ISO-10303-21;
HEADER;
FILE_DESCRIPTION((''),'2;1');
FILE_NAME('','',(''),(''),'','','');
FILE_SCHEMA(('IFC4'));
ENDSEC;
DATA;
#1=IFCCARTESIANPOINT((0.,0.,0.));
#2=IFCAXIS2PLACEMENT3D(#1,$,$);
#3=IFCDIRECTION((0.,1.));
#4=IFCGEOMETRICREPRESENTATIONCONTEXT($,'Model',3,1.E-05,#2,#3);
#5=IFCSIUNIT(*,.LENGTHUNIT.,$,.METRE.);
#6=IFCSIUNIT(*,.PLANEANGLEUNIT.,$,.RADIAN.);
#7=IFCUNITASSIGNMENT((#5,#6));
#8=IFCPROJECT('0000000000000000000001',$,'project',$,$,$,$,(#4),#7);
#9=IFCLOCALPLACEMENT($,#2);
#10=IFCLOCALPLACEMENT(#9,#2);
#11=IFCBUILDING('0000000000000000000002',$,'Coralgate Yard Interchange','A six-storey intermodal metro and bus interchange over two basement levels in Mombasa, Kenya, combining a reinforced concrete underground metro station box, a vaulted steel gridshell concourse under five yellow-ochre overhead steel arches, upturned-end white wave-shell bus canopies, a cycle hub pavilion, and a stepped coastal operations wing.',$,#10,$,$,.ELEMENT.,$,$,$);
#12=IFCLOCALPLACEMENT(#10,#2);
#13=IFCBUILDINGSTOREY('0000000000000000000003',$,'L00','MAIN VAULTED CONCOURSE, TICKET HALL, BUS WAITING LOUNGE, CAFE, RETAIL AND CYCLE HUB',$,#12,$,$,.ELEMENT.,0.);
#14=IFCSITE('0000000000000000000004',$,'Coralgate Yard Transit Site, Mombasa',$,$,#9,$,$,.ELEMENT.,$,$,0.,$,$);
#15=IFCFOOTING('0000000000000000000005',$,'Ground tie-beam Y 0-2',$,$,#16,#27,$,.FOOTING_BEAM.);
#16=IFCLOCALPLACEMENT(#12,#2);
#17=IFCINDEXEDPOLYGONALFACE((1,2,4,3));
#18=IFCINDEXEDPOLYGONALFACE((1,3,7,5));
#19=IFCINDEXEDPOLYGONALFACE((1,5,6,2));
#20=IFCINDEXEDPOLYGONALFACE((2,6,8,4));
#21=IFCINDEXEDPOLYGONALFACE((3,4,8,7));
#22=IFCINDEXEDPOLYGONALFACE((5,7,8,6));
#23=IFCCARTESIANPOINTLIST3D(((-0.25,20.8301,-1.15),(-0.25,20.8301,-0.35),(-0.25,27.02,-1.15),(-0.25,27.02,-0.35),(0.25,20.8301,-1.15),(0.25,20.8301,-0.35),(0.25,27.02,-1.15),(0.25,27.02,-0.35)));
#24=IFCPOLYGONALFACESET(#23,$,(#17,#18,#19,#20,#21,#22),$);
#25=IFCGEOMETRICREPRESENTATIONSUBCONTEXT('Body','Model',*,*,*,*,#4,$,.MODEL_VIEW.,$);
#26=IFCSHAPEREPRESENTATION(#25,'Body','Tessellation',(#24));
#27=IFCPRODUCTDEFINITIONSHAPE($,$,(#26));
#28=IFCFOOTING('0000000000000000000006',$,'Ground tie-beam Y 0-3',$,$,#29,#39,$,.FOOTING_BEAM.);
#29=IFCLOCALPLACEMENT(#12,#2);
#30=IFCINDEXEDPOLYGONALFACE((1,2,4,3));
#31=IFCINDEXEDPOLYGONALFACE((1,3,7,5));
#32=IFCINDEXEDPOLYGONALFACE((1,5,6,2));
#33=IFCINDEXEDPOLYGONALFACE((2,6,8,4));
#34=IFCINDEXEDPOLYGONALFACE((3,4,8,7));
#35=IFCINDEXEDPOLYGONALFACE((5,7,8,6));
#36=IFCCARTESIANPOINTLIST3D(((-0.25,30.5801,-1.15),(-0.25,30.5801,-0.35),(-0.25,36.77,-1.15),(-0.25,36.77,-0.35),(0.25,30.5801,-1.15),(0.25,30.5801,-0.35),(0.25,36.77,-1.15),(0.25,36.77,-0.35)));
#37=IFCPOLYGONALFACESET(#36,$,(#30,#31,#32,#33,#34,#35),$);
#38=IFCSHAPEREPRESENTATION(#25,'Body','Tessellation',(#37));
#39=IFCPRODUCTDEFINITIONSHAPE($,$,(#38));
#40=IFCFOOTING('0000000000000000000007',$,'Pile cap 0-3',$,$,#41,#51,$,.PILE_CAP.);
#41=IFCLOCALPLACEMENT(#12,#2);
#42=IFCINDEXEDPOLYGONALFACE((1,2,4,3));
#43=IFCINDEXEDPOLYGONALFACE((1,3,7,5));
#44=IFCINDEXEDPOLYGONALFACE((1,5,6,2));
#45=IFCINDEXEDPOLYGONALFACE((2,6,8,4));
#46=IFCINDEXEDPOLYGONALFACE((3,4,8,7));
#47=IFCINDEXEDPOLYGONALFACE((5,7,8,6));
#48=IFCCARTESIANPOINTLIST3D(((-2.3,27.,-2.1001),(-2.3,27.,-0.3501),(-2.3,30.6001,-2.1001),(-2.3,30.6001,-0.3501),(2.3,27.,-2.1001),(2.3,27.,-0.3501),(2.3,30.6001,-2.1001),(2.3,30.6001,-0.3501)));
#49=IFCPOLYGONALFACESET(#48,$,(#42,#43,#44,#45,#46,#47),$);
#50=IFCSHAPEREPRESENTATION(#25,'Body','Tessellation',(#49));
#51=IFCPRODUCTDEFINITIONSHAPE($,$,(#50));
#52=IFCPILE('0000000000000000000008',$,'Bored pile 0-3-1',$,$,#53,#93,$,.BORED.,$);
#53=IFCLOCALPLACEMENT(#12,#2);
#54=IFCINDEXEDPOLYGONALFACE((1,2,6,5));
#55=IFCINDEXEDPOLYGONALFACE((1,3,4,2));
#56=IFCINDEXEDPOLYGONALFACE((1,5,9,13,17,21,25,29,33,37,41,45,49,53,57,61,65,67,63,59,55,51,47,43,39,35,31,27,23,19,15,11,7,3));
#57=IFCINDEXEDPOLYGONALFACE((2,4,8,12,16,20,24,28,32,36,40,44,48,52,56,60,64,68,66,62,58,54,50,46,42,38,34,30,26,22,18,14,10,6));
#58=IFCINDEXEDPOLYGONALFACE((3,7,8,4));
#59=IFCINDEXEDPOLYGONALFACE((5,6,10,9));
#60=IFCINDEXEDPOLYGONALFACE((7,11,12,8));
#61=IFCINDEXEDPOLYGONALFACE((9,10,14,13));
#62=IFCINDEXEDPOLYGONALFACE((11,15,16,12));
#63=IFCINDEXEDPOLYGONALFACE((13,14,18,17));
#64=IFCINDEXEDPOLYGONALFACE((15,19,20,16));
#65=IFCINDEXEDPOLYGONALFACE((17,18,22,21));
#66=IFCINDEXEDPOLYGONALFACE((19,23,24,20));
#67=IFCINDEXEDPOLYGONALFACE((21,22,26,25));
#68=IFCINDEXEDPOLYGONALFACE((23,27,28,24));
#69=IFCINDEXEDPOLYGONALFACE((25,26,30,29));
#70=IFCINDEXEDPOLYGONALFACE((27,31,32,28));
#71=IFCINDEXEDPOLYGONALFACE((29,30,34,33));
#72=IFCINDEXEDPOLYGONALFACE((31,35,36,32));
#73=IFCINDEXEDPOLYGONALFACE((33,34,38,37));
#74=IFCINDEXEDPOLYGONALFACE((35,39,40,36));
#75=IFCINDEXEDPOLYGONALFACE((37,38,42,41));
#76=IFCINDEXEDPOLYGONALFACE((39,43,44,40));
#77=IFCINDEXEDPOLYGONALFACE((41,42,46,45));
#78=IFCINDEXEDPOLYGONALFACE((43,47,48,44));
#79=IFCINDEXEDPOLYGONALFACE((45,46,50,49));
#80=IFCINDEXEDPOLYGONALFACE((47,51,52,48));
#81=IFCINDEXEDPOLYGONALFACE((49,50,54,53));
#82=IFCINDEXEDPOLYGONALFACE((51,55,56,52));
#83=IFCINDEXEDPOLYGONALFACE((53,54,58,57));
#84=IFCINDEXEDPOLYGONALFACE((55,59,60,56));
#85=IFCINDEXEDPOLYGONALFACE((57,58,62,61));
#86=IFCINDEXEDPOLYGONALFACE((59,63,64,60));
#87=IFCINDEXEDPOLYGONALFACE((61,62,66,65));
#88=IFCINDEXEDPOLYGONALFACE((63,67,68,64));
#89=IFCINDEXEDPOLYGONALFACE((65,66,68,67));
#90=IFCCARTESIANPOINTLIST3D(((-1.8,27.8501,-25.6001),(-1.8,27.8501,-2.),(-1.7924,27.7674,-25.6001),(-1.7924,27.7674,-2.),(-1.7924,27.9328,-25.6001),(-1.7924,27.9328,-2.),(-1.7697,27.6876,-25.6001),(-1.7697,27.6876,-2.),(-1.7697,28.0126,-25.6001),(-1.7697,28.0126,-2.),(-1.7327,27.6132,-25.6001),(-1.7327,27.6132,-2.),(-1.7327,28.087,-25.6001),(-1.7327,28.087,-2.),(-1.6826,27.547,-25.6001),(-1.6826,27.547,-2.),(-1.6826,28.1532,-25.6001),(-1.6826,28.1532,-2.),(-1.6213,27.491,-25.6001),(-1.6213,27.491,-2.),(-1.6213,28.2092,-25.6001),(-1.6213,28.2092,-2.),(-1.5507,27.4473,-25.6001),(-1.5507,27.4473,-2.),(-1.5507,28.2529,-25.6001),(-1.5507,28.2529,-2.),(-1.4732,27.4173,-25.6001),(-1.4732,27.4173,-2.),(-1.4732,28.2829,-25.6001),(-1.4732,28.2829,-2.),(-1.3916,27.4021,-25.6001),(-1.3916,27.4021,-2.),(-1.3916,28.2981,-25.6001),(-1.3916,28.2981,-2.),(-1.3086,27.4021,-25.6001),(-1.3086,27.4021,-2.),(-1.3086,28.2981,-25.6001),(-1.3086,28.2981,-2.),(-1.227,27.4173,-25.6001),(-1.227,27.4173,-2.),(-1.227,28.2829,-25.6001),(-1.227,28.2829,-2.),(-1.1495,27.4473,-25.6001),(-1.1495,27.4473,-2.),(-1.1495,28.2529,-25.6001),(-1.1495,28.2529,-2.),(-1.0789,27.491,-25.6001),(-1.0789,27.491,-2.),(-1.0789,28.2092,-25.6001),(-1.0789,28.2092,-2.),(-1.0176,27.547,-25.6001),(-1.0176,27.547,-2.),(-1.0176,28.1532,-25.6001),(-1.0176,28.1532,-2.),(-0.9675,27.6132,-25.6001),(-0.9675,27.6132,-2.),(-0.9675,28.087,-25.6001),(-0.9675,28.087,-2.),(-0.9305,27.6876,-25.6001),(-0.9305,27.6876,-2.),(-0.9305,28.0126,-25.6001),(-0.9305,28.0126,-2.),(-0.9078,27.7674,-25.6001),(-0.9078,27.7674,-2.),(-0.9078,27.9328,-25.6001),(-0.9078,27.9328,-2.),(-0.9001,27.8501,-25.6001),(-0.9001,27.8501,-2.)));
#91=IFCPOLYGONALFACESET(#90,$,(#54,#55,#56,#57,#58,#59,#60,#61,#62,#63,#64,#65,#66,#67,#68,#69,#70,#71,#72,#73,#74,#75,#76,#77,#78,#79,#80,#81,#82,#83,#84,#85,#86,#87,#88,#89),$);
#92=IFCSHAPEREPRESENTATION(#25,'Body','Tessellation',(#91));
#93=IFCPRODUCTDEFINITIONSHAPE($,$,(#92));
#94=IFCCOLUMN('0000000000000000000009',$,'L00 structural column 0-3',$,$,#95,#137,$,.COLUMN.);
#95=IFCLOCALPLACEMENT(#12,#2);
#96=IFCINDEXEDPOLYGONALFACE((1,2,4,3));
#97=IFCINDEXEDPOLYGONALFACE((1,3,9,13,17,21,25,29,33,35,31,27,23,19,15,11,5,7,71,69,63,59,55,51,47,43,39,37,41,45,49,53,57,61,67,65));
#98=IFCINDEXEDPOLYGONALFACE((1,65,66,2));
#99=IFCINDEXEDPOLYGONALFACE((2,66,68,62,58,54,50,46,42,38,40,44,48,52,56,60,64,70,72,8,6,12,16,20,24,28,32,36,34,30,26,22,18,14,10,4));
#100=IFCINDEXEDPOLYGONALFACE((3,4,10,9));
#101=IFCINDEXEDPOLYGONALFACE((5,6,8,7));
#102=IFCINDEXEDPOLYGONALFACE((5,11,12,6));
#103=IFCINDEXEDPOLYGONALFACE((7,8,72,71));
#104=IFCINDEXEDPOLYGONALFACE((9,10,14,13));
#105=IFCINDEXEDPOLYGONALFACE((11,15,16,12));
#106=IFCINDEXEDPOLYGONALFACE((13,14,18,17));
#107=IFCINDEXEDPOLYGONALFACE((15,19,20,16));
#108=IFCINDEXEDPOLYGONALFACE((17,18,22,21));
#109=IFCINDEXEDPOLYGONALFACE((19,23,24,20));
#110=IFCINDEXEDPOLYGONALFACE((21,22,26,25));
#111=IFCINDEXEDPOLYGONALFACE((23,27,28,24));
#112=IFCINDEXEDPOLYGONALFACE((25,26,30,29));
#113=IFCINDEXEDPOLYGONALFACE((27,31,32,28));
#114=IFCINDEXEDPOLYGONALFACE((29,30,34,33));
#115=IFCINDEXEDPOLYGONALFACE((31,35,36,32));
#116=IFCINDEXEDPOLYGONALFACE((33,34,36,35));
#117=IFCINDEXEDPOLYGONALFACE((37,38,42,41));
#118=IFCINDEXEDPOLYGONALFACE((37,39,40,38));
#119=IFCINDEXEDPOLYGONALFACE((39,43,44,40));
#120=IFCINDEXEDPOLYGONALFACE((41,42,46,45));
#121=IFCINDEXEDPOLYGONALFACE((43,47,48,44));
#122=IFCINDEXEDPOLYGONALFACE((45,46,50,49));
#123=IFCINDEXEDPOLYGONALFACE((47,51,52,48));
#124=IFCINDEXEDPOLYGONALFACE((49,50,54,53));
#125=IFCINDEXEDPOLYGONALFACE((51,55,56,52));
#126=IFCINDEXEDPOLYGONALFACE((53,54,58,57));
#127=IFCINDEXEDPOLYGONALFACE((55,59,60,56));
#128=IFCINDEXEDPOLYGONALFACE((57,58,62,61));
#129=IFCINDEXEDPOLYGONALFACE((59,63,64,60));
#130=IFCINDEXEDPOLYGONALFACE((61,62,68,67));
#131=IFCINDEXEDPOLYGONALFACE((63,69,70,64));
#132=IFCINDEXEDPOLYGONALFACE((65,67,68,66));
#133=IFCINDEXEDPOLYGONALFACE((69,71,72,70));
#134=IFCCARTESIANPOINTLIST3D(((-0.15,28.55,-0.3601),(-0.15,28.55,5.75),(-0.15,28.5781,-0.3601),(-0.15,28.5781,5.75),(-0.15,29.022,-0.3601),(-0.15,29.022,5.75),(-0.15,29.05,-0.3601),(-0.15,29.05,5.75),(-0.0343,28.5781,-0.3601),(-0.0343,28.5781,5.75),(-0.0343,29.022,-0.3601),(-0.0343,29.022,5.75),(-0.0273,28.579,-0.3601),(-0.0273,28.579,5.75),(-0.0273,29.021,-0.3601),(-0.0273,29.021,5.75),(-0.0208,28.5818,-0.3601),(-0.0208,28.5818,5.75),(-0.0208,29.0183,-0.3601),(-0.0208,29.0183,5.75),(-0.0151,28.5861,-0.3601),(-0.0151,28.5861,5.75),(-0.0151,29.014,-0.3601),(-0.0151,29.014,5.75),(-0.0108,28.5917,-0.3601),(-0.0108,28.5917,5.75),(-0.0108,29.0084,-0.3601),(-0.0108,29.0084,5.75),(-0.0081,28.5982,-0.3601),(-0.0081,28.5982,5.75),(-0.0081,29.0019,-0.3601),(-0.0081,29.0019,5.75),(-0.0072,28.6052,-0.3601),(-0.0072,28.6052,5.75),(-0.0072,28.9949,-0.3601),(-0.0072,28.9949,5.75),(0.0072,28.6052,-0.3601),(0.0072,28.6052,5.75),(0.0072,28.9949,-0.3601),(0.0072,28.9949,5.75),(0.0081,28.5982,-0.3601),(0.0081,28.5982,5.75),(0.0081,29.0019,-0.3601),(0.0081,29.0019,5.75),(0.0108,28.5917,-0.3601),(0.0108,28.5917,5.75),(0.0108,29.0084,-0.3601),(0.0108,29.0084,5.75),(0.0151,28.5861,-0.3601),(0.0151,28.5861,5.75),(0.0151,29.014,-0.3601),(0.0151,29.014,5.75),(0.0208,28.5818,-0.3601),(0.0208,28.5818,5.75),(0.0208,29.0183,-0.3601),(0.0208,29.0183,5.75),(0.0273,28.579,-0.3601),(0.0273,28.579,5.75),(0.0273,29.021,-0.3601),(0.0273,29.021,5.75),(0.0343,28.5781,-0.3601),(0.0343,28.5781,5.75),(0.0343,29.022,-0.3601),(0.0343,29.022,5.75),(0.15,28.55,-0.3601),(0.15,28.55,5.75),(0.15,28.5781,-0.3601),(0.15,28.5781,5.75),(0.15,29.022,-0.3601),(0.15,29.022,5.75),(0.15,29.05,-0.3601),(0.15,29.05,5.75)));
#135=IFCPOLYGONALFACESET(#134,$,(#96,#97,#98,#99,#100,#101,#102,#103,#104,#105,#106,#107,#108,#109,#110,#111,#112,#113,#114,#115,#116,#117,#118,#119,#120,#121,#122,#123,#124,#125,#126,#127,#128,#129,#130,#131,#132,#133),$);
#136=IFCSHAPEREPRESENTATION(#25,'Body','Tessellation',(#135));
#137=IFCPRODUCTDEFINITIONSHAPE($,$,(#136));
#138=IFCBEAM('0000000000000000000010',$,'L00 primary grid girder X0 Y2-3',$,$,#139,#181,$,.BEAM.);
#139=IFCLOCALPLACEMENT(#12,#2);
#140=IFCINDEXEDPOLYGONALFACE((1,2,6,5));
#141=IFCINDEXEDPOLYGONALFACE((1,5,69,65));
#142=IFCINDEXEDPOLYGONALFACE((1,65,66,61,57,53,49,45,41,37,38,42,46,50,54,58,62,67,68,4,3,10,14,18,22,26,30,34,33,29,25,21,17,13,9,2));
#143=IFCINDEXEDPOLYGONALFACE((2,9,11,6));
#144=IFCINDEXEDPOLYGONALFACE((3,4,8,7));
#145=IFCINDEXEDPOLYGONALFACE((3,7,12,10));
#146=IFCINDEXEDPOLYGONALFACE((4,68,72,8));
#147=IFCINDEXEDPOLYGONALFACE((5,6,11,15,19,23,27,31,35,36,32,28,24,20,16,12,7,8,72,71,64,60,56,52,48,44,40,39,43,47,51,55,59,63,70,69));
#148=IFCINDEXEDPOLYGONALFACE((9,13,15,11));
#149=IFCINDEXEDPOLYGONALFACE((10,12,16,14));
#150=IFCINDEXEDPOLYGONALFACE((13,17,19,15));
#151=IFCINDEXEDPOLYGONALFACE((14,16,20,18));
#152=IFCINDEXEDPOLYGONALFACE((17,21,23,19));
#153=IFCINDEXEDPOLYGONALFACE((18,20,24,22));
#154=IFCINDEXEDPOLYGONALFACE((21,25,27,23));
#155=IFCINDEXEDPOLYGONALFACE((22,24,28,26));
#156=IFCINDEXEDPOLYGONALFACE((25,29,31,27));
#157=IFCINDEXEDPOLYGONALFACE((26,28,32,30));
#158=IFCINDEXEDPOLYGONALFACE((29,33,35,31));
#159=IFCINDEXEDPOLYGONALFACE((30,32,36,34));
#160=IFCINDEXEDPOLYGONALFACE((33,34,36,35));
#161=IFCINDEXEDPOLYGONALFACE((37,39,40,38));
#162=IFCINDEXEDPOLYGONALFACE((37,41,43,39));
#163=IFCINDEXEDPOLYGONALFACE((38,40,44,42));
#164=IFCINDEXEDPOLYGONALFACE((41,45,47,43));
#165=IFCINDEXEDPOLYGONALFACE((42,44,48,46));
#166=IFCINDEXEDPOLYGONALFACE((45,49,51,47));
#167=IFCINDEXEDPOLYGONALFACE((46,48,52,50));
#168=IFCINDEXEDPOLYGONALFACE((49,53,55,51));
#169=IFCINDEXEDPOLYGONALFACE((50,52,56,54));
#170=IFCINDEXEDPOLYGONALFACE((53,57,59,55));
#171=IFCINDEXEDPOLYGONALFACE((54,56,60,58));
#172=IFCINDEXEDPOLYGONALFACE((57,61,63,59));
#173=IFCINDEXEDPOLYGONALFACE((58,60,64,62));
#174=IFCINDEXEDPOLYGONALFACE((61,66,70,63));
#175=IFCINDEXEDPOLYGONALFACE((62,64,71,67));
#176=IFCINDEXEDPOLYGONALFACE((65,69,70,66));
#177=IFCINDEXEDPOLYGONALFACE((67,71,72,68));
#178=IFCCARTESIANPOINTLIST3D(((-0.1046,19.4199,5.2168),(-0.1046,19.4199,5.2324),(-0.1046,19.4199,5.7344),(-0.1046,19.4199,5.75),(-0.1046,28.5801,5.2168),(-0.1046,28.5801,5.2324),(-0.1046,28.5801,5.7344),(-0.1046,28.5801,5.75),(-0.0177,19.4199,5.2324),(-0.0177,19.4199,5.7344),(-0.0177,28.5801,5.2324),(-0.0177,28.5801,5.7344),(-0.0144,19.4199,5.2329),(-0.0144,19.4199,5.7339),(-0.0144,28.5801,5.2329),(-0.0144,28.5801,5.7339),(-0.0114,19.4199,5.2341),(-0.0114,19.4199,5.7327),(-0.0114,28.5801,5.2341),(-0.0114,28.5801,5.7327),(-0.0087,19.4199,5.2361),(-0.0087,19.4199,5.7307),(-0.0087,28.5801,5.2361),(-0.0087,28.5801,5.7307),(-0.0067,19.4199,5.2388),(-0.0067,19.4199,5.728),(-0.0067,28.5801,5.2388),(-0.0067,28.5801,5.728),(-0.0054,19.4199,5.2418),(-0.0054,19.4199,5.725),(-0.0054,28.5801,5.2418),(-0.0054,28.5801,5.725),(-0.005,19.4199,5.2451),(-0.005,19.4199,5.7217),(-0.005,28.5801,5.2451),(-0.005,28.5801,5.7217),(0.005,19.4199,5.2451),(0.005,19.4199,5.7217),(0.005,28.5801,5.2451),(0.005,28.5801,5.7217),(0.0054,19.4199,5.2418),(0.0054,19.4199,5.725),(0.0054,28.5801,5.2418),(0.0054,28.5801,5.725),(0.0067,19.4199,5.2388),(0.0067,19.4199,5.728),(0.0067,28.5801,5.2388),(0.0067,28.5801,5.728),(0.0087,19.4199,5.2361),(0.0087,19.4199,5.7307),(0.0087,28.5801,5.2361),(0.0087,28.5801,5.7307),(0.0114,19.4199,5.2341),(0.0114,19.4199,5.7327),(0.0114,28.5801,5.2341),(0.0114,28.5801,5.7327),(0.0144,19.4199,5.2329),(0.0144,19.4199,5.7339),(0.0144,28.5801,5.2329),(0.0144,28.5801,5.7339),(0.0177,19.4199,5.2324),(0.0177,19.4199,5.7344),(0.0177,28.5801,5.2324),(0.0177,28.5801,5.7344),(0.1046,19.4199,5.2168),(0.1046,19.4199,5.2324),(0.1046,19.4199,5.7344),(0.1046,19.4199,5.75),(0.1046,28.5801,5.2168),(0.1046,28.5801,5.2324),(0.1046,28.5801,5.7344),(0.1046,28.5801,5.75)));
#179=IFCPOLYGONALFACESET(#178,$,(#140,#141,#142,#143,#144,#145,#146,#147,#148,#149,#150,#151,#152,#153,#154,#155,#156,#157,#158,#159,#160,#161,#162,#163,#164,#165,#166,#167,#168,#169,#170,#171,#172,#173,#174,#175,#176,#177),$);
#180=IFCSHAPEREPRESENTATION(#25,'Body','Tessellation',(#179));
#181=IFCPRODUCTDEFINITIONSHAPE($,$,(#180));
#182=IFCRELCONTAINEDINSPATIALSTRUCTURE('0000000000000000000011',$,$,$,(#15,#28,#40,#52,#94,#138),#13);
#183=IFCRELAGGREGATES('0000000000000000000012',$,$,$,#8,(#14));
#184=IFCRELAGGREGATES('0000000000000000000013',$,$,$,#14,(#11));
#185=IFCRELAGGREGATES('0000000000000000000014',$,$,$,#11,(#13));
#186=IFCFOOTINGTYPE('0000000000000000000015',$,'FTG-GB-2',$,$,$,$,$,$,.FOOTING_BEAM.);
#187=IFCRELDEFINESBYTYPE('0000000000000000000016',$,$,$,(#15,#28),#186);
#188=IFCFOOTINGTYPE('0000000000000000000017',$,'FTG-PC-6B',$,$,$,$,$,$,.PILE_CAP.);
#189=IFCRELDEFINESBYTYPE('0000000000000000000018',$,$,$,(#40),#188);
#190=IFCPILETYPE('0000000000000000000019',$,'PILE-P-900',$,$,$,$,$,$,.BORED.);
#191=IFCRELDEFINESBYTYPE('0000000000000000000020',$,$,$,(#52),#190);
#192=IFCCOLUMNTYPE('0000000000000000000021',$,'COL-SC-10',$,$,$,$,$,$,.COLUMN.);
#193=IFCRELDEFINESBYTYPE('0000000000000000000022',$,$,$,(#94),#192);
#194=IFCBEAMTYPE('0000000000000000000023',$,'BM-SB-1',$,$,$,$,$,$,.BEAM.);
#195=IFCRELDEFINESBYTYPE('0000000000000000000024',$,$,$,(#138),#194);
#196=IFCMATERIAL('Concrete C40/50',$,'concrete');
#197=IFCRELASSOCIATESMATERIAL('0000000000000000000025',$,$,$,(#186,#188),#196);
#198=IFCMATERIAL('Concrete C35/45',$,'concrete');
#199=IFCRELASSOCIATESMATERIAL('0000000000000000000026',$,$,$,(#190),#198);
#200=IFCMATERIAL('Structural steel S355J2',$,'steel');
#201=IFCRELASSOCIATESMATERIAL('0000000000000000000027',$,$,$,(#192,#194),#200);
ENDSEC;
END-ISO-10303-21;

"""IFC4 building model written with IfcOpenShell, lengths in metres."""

from ifc_helpers import new_model, si_unit, direction, frame, origin, origin_2d, place, context, subcontext, project, spatial, rectangle, circle, i_section, extrude, material, material_profile, profile_set, type_object, element, save


model = new_model("IFC4")

# Units and contexts
model_context = context("Model", 3, precision=1e-05, world=origin(), true_north=direction((0.0, 1.0)))
body_context = subcontext(model_context, "Body", "Model", "MODEL_VIEW")
ifc_project = project(units=[si_unit("LENGTHUNIT", "METRE"), si_unit("PLANEANGLEUNIT", "RADIAN")], contexts=[model_context])

# Site, building, storey
site_placement = place(None, origin())
site = spatial("IfcSite", under=ifc_project, at=site_placement, Name="Coralgate Yard Transit Site, Mombasa", CompositionType="ELEMENT", RefElevation=0.0)
building_placement = place(site_placement, origin())
building = spatial("IfcBuilding", under=site, at=building_placement, Name="Coralgate Yard Interchange", Description="A six-storey intermodal metro and bus interchange over two basement levels in Mombasa, Kenya, combining a reinforced concrete underground metro station box, a vaulted steel gridshell concourse under five yellow-ochre overhead steel arches, upturned-end white wave-shell bus canopies, a cycle hub pavilion, and a stepped coastal operations wing.", CompositionType="ELEMENT")
storey_placement = place(building_placement, origin())
storey = spatial("IfcBuildingStorey", under=building, at=storey_placement, Name="L00", Description="MAIN VAULTED CONCOURSE, TICKET HALL, BUS WAITING LOUNGE, CAFE, RETAIL AND CYCLE HUB", CompositionType="ELEMENT", Elevation=0.0)

# Footings
ifc_material_1 = material(Name="Concrete C40/50", Category="concrete")
ifc_material_profile_1 = material_profile(ifc_material_1, rectangle(XDim=0.5, YDim=0.8, at=origin_2d()), Name="RC 500x800")
ifc_profile_set_1 = profile_set([ifc_material_profile_1], Name="Concrete C40/50")
footing_type_1 = type_object("IfcFootingType", Name="FTG-GB-2", PredefinedType="FOOTING_BEAM", material=ifc_profile_set_1)
for number, where, z_axis, x_axis, name in (
    (1, (0.0, 20.8301, -0.75), (0.0, 1.0, 0.0), (-1.0, 0.0, 0.0), "Ground tie-beam Y 0-2"),
    (2, (0.0, 30.5801, -0.75), (0.0, 1.0, 0.0), (-1.0, 0.0, 0.0), "Ground tie-beam Y 0-3"),
):
    element("IfcFooting", number, at=place(storey_placement, frame(where, z_axis=z_axis, x_axis=x_axis)), inside=storey, type_object=footing_type_1, Name=name, PredefinedType="FOOTING_BEAM", context=body_context, shape_type="SweptSolid", body=[
        extrude(rectangle(XDim=0.5, YDim=0.8, at=origin_2d()), origin(), (0.0, 0.0, 1.0), 6.1899),
    ])
footing_type_2 = type_object("IfcFootingType", Name="FTG-PC-6B", PredefinedType="PILE_CAP", material=ifc_material_1)
footing_placement = place(storey_placement, frame((0.0, 28.8, -2.1001), z_axis=(0.0, 0.0, 1.0), x_axis=(1.0, 0.0, 0.0)))
element("IfcFooting", 3, at=footing_placement, inside=storey, type_object=footing_type_2, Name="Pile cap 0-3", PredefinedType="PILE_CAP", context=body_context, shape_type="SweptSolid", body=[
    extrude(rectangle(XDim=4.6001, YDim=3.6001, at=origin_2d()), origin(), (0.0, 0.0, 1.0), 1.75),
])

# Pile
ifc_material_2 = material(Name="Concrete C35/45", Category="concrete")
ifc_material_profile_2 = material_profile(ifc_material_2, circle(Radius=0.45, at=origin_2d()), Name="BORED PILE D900")
ifc_profile_set_2 = profile_set([ifc_material_profile_2], Name="Concrete C35/45")
pile_type = type_object("IfcPileType", Name="PILE-P-900", PredefinedType="BORED", material=ifc_profile_set_2)
pile_placement = place(storey_placement, frame((-1.3501, 27.8501, -2.0), z_axis=(0.0, 0.0, -1.0), x_axis=(1.0, 0.0, 0.0)))
element("IfcPile", 4, at=pile_placement, inside=storey, type_object=pile_type, Name="Bored pile 0-3-1", PredefinedType="BORED", context=body_context, shape_type="SweptSolid", body=[
    extrude(circle(Radius=0.45, at=origin_2d()), origin(), (0.0, 0.0, 1.0), 23.6001),
])

# Column
ifc_material_3 = material(Name="Structural steel S355J2", Category="steel")
ifc_material_profile_3 = material_profile(ifc_material_3, i_section(OverallWidth=0.3, OverallDepth=0.5, WebThickness=0.0144, FlangeThickness=0.0281, FilletRadius=0.0271, at=origin_2d()), Name="HEB 500")
ifc_profile_set_3 = profile_set([ifc_material_profile_3], Name="Structural steel S355J2")
column_type = type_object("IfcColumnType", Name="COL-SC-10", PredefinedType="COLUMN", material=ifc_profile_set_3)
column_placement = place(storey_placement, frame((0.0, 28.8, -0.3601), z_axis=(0.0, 0.0, 1.0), x_axis=(1.0, 0.0, 0.0)))
element("IfcColumn", 5, at=column_placement, inside=storey, type_object=column_type, Name="L00 structural column 0-3", PredefinedType="COLUMN", context=body_context, shape_type="SweptSolid", body=[
    extrude(i_section(OverallWidth=0.3, OverallDepth=0.5, WebThickness=0.0144, FlangeThickness=0.0281, FilletRadius=0.0271, at=origin_2d()), origin(), (0.0, 0.0, 1.0), 6.1101),
])

# Beam
ifc_material_profile_4 = material_profile(ifc_material_3, i_section(OverallWidth=0.2092, OverallDepth=0.5332, WebThickness=0.01, FlangeThickness=0.0156, FilletRadius=0.0127, at=origin_2d()), Name="UB 533x210x92")
ifc_profile_set_4 = profile_set([ifc_material_profile_4], Name="Structural steel S355J2")
beam_type = type_object("IfcBeamType", Name="BM-SB-1", PredefinedType="BEAM", material=ifc_profile_set_4)
beam_1_placement = place(storey_placement, frame((0.0, 19.4199, 5.4834), z_axis=(0.0, 1.0, 0.0), x_axis=(-1.0, 0.0, 0.0)))
element("IfcBeam", 6, at=beam_1_placement, inside=storey, type_object=beam_type, Name="L00 primary grid girder X0 Y2-3", PredefinedType="BEAM", context=body_context, shape_type="SweptSolid", body=[
    extrude(i_section(OverallWidth=0.2092, OverallDepth=0.5332, WebThickness=0.01, FlangeThickness=0.0156, FilletRadius=0.0127, at=origin_2d()), origin(), (0.0, 0.0, 1.0), 9.1602),
])

save(model, "model.ifc")
